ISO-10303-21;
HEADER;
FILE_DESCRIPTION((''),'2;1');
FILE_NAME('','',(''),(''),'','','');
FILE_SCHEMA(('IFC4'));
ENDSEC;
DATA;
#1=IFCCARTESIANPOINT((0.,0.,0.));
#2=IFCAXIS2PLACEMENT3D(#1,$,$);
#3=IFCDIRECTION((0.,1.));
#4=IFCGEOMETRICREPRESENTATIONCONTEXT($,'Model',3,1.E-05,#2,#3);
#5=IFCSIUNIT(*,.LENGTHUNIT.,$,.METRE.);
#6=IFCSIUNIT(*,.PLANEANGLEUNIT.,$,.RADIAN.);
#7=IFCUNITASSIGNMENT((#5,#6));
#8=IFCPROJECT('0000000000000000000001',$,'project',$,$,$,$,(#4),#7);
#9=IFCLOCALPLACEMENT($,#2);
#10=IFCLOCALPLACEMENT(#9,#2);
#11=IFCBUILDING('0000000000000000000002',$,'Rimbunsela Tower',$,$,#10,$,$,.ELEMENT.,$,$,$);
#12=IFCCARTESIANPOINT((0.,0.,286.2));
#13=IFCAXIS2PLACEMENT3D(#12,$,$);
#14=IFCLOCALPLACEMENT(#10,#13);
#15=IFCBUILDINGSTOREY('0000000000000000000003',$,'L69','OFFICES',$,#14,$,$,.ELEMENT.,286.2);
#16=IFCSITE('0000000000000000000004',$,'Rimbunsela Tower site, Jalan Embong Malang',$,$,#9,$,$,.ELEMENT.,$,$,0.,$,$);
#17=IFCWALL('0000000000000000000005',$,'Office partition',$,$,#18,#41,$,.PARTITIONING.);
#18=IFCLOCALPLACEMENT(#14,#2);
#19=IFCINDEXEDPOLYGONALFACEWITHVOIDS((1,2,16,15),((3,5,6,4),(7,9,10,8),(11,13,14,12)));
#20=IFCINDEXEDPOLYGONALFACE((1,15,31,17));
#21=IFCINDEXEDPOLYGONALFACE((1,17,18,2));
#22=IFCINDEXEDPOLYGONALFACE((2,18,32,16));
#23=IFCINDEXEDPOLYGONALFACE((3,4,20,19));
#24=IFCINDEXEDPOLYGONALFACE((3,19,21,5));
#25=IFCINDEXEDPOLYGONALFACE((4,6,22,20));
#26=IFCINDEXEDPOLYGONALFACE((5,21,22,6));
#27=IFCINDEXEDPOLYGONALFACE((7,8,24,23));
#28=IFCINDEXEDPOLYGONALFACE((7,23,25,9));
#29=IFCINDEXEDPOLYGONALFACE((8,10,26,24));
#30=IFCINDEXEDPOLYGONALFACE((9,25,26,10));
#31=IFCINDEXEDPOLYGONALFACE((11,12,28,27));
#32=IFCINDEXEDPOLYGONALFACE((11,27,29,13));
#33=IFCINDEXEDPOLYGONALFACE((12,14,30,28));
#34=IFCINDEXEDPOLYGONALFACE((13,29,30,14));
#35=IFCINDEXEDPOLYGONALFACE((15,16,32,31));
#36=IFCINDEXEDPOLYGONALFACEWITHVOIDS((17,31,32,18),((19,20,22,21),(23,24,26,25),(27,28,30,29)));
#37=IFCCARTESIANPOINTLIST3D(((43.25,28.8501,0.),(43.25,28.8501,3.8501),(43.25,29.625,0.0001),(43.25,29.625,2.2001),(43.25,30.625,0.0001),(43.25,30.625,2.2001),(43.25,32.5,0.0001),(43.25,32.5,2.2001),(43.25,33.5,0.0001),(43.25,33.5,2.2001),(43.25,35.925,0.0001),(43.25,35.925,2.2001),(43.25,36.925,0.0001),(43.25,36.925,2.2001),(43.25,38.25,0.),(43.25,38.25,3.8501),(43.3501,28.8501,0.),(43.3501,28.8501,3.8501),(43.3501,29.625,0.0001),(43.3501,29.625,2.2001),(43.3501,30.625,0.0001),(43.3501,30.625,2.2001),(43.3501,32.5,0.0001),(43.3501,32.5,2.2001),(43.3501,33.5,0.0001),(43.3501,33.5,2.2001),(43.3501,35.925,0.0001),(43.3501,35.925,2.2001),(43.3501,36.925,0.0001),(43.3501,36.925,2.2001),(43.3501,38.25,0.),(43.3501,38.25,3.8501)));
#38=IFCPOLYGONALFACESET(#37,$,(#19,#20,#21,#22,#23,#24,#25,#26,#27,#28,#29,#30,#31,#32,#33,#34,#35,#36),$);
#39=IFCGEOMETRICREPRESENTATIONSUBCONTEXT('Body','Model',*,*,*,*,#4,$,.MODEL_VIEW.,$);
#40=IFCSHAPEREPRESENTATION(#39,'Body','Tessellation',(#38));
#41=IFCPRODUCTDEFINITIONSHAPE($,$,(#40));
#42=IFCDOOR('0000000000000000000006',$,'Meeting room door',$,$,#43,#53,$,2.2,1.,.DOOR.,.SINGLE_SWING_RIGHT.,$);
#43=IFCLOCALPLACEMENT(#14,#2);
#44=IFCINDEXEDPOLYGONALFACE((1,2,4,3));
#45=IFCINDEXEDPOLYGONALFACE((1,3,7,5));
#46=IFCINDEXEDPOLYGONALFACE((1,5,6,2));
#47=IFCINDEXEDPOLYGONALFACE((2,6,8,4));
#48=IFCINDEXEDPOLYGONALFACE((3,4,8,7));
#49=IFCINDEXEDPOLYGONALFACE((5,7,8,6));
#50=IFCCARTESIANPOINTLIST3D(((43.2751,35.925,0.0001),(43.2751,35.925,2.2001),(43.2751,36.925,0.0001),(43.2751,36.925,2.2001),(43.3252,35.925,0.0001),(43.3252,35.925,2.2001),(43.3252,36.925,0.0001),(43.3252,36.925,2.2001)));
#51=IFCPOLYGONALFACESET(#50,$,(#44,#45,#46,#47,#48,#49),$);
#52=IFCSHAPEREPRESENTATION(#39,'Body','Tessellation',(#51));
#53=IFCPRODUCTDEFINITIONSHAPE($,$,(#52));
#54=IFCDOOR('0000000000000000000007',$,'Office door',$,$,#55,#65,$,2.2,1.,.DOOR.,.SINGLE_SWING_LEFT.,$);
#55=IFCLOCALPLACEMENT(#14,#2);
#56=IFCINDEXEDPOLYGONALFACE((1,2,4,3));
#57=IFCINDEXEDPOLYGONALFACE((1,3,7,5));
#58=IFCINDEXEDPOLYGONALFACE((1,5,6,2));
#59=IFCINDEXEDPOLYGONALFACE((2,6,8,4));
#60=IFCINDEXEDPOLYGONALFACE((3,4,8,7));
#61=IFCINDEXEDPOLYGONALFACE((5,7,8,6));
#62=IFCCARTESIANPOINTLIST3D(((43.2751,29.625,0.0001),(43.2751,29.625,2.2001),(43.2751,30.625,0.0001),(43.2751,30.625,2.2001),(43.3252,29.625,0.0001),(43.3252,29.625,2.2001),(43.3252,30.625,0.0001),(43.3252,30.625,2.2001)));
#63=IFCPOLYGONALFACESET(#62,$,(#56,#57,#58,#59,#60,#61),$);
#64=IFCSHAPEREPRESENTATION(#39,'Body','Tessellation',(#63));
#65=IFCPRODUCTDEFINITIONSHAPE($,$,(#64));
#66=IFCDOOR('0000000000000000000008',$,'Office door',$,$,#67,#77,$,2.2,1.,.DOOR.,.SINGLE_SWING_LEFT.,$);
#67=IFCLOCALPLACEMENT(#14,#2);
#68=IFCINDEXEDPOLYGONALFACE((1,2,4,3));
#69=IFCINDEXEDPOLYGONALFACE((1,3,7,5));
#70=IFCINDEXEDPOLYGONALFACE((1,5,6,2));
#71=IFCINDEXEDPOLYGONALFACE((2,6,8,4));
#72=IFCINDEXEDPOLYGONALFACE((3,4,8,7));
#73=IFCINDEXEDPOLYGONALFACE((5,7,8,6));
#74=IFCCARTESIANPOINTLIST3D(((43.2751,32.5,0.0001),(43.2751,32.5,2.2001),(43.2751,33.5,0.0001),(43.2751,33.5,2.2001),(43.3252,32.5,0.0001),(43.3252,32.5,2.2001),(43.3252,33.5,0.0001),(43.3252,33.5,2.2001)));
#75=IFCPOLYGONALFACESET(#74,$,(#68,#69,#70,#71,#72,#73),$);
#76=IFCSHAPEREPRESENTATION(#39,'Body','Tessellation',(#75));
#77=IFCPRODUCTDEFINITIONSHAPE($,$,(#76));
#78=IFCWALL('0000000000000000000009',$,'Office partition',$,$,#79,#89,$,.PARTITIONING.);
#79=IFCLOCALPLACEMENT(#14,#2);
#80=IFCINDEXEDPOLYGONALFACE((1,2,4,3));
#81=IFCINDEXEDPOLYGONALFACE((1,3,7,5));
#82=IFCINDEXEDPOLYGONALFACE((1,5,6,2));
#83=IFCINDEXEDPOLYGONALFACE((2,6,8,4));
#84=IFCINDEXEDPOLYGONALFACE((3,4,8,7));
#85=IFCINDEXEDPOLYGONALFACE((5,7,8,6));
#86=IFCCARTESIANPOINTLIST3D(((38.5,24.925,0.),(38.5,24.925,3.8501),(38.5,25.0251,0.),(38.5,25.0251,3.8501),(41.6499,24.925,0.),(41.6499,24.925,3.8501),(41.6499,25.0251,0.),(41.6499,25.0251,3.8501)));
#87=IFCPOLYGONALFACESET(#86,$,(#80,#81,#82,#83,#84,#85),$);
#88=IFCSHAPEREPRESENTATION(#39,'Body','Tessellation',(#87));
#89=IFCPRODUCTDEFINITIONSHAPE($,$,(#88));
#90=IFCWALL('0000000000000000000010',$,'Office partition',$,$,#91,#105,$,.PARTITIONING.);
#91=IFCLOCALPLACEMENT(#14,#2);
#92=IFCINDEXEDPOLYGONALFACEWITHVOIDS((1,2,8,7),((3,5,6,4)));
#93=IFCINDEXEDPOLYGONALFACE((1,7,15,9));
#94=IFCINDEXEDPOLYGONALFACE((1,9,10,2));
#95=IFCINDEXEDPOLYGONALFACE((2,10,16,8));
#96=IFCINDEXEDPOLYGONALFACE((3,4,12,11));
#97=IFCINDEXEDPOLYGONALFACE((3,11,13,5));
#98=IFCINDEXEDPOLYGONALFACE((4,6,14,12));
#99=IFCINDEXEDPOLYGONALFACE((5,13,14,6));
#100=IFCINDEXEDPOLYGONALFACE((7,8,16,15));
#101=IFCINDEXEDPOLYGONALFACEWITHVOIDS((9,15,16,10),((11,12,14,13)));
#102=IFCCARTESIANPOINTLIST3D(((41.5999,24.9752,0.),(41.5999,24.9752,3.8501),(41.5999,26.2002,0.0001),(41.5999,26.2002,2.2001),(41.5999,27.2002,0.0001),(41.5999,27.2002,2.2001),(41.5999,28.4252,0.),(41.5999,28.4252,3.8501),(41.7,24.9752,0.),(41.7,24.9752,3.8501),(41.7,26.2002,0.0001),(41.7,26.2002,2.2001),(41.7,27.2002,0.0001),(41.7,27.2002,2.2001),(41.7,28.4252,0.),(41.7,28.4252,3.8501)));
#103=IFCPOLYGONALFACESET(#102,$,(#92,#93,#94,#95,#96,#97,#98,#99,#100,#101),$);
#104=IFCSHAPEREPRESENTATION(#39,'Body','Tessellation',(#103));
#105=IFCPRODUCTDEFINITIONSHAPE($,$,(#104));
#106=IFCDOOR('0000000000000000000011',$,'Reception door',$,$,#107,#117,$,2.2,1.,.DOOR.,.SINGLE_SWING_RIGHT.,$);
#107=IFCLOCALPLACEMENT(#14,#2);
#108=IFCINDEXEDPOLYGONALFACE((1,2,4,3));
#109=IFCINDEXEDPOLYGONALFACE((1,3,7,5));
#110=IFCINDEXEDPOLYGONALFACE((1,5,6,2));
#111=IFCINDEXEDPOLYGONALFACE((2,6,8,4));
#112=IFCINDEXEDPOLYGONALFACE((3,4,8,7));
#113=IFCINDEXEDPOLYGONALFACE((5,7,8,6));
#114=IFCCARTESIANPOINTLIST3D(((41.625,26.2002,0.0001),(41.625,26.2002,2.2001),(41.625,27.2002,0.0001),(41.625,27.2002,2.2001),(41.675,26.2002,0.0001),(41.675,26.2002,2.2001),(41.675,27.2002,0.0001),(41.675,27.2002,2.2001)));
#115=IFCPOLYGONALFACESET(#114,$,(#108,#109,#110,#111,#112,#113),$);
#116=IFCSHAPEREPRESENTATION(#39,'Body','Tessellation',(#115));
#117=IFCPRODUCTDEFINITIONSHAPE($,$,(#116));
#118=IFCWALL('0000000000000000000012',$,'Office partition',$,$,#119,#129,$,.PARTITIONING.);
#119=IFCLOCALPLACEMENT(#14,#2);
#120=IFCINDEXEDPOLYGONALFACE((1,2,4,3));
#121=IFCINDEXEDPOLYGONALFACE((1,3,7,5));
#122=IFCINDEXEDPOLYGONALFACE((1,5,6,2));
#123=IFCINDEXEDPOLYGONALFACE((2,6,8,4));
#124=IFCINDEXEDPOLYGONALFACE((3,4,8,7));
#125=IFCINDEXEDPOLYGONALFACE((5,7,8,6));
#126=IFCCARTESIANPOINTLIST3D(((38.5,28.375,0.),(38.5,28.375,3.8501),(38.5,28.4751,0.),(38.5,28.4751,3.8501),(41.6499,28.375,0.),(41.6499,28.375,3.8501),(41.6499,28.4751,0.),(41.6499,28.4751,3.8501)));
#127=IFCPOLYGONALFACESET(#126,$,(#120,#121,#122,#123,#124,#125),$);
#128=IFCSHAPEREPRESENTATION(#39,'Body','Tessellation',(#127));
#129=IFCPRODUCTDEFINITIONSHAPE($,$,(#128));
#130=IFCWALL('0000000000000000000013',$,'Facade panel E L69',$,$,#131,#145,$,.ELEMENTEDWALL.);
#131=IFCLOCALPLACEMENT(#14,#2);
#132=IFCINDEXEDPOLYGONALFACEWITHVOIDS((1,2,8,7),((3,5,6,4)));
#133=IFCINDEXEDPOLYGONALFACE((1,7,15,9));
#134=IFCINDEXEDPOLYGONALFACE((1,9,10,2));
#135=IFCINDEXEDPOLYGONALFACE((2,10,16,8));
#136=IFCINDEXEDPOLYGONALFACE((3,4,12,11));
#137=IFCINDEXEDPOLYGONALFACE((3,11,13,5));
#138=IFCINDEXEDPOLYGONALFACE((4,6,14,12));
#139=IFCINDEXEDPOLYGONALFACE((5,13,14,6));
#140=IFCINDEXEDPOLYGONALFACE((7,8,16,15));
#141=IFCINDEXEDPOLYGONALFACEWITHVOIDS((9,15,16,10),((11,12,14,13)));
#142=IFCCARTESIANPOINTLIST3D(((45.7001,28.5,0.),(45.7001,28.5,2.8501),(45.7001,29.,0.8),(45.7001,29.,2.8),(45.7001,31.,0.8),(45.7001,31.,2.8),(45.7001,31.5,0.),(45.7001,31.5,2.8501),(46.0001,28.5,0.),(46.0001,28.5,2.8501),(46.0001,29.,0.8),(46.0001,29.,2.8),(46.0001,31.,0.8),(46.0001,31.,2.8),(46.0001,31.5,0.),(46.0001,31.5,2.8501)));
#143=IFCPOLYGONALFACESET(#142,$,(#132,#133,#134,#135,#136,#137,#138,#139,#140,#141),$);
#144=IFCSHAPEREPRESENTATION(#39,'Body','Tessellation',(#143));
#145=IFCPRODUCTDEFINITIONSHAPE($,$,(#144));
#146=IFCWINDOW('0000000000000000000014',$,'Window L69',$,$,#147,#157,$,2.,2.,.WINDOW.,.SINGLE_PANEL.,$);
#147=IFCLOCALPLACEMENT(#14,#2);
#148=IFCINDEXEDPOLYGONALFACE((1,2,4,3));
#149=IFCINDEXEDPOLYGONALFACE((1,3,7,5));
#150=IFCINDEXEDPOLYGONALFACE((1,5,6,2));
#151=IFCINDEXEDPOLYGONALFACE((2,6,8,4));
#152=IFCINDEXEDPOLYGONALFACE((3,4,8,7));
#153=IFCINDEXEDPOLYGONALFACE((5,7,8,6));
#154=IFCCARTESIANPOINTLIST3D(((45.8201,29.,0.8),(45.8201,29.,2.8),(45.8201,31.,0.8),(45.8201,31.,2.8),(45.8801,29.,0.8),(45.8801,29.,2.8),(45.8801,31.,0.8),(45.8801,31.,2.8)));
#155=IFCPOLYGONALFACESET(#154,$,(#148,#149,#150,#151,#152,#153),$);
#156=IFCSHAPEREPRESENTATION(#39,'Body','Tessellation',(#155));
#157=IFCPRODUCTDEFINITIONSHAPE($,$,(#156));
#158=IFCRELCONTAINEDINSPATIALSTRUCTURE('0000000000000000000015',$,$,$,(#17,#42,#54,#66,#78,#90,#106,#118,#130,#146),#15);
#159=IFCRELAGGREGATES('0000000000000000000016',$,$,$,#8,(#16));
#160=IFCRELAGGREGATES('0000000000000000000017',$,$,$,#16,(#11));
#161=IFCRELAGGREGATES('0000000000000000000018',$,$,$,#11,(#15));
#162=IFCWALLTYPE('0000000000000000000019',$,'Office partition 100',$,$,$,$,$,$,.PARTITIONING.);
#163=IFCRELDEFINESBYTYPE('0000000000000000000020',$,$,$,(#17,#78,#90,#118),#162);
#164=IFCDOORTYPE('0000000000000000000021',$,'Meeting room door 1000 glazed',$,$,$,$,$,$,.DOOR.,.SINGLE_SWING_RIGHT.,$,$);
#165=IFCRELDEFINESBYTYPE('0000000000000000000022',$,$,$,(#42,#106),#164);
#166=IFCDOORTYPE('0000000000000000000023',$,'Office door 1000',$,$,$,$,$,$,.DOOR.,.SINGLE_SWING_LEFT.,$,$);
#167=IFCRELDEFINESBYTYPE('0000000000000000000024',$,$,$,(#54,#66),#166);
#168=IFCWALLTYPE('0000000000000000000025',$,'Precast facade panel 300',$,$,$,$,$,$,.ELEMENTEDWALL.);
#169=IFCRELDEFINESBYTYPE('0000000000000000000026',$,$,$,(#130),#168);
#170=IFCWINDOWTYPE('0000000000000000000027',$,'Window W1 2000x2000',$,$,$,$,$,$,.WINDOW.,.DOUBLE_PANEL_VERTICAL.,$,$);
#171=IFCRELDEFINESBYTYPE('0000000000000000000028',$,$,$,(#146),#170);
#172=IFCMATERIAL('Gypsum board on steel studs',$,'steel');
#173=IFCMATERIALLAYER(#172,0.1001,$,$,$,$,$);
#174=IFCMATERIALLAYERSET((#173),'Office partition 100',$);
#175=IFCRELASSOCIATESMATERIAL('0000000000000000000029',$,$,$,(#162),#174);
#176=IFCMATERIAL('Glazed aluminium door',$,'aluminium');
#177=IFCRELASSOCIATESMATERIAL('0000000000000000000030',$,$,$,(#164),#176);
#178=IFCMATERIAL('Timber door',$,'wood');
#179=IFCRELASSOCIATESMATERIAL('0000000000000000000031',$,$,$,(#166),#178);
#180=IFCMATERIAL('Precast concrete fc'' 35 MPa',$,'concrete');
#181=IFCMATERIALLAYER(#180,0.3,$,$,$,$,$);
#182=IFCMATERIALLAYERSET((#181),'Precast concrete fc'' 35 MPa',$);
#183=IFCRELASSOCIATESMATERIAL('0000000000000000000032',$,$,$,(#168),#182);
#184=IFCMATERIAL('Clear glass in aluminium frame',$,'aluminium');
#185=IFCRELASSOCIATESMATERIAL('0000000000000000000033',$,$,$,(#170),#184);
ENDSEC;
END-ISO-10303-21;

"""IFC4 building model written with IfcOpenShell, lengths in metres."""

from ifc_helpers import new_model, si_unit, direction, frame, frame_2d, origin, place, context, subcontext, project, spatial, rectangle, extrude, material, layer, layer_set, type_object, element, fill, save


model = new_model("IFC4")

# Units and contexts
model_context = context("Model", 3, precision=1e-05, world=origin(), true_north=direction((0.0, 1.0)))
body_context = subcontext(model_context, "Body", "Model", "MODEL_VIEW")
ifc_project = project(units=[si_unit("LENGTHUNIT", "METRE"), si_unit("PLANEANGLEUNIT", "RADIAN")], contexts=[model_context])

# Site, building, storey
site_placement = place(None, origin())
site = spatial("IfcSite", under=ifc_project, at=site_placement, Name="Rimbunsela Tower site, Jalan Embong Malang", CompositionType="ELEMENT", RefElevation=0.0)
building_placement = place(site_placement, origin())
building = spatial("IfcBuilding", under=site, at=building_placement, Name="Rimbunsela Tower", CompositionType="ELEMENT")
storey_placement = place(building_placement, frame((0.0, 0.0, 286.2)))
storey = spatial("IfcBuildingStorey", under=building, at=storey_placement, Name="L69", Description="OFFICES", CompositionType="ELEMENT", Elevation=286.2)

# Shared definitions
ifc_material_1 = material(Name="Gypsum board on steel studs", Category="steel")
ifc_layer_1 = layer(ifc_material_1, 0.1001)
ifc_layer_set_1 = layer_set([ifc_layer_1], Name="Office partition 100")
wall_type_1 = type_object("IfcWallType", Name="Office partition 100", PredefinedType="PARTITIONING", material=ifc_layer_set_1)

# Wall, openings, doors
wall_1_placement = place(storey_placement, frame((43.3, 28.8501, 0.0), z_axis=(0.0, 0.0, 1.0), x_axis=(0.0, 1.0, 0.0)))
wall_1 = element("IfcWall", 1, at=wall_1_placement, inside=storey, type_object=wall_type_1, Name="Office partition", PredefinedType="PARTITIONING", context=body_context, shape_type="SweptSolid", body=[
    extrude(rectangle(XDim=9.3999, YDim=0.1001, at=frame_2d((4.7, 0.0))), origin(), (0.0, 0.0, 1.0), 3.8501),
])
opening_1_placement = place(wall_1_placement, frame((0.7749, 0.0, 0.0)))
opening_1 = element("IfcOpeningElement", 2, at=opening_1_placement, cuts=wall_1, PredefinedType="OPENING", context=body_context, shape_type="SweptSolid", body=[
    extrude(rectangle(XDim=1.0, YDim=2.2, at=frame_2d((0.5, 1.1001))), frame((0.0, 0.0601, 0.0), z_axis=(0.0, -1.0, 0.0), x_axis=(1.0, 0.0, 0.0)), (0.0, 0.0, 1.0), 0.1201),
])
opening_2_placement = place(wall_1_placement, frame((3.6499, 0.0, 0.0)))
opening_2 = element("IfcOpeningElement", 3, at=opening_2_placement, cuts=wall_1, PredefinedType="OPENING", context=body_context, shape_type="SweptSolid", body=[
    extrude(rectangle(XDim=1.0, YDim=2.2, at=frame_2d((0.5, 1.1001))), frame((0.0, 0.0601, 0.0), z_axis=(0.0, -1.0, 0.0), x_axis=(1.0, 0.0, 0.0)), (0.0, 0.0, 1.0), 0.1201),
])
opening_3_placement = place(wall_1_placement, frame((7.075, 0.0, 0.0)))
opening_3 = element("IfcOpeningElement", 4, at=opening_3_placement, cuts=wall_1, PredefinedType="OPENING", context=body_context, shape_type="SweptSolid", body=[
    extrude(rectangle(XDim=1.0, YDim=2.2, at=frame_2d((0.5, 1.1001))), frame((0.0, 0.0601, 0.0), z_axis=(0.0, -1.0, 0.0), x_axis=(1.0, 0.0, 0.0)), (0.0, 0.0, 1.0), 0.1201),
])
ifc_material_2 = material(Name="Glazed aluminium door", Category="aluminium")
door_type_1 = type_object("IfcDoorType", Name="Meeting room door 1000 glazed", OperationType="SINGLE_SWING_RIGHT", PredefinedType="DOOR", material=ifc_material_2)
door_1_placement = place(opening_3_placement, origin())
door_1 = element("IfcDoor", 5, at=door_1_placement, inside=storey, type_object=door_type_1, Name="Meeting room door", OperationType="SINGLE_SWING_RIGHT", OverallHeight=2.2, OverallWidth=1.0, PredefinedType="DOOR", context=body_context, shape_type="SweptSolid", body=[
    extrude(rectangle(XDim=1.0, YDim=2.2, at=frame_2d((0.5, 1.1001))), frame((0.0, 0.0249, 0.0), z_axis=(0.0, -1.0, 0.0), x_axis=(1.0, 0.0, 0.0)), (0.0, 0.0, 1.0), 0.05),
])
fill(opening_3, door_1)
ifc_material_3 = material(Name="Timber door", Category="wood")
door_type_2 = type_object("IfcDoorType", Name="Office door 1000", OperationType="SINGLE_SWING_LEFT", PredefinedType="DOOR", material=ifc_material_3)
door_2_placement = place(opening_1_placement, origin())
door_2 = element("IfcDoor", 6, at=door_2_placement, inside=storey, type_object=door_type_2, Name="Office door", OperationType="SINGLE_SWING_LEFT", OverallHeight=2.2, OverallWidth=1.0, PredefinedType="DOOR", context=body_context, shape_type="SweptSolid", body=[
    extrude(rectangle(XDim=1.0, YDim=2.2, at=frame_2d((0.5, 1.1001))), frame((0.0, 0.0249, 0.0), z_axis=(0.0, -1.0, 0.0), x_axis=(1.0, 0.0, 0.0)), (0.0, 0.0, 1.0), 0.05),
])
fill(opening_1, door_2)
door_3_placement = place(opening_2_placement, origin())
door_3 = element("IfcDoor", 7, at=door_3_placement, inside=storey, type_object=door_type_2, Name="Office door", OperationType="SINGLE_SWING_LEFT", OverallHeight=2.2, OverallWidth=1.0, PredefinedType="DOOR", context=body_context, shape_type="SweptSolid", body=[
    extrude(rectangle(XDim=1.0, YDim=2.2, at=frame_2d((0.5, 1.1001))), frame((0.0, 0.0249, 0.0), z_axis=(0.0, -1.0, 0.0), x_axis=(1.0, 0.0, 0.0)), (0.0, 0.0, 1.0), 0.05),
])
fill(opening_2, door_3)

# Wall
wall_2_placement = place(storey_placement, frame((38.5, 24.9751, 0.0), z_axis=(0.0, 0.0, 1.0), x_axis=(1.0, 0.0, 0.0)))
element("IfcWall", 8, at=wall_2_placement, inside=storey, type_object=wall_type_1, Name="Office partition", PredefinedType="PARTITIONING", context=body_context, shape_type="SweptSolid", body=[
    extrude(rectangle(XDim=3.1499, YDim=0.1001, at=frame_2d((1.575, 0.0))), origin(), (0.0, 0.0, 1.0), 3.8501),
])

# Wall, opening, door
wall_3_placement = place(storey_placement, frame((41.6499, 24.9751, 0.0), z_axis=(0.0, 0.0, 1.0), x_axis=(0.0, 1.0, 0.0)))
wall_3 = element("IfcWall", 9, at=wall_3_placement, inside=storey, type_object=wall_type_1, Name="Office partition", PredefinedType="PARTITIONING", context=body_context, shape_type="SweptSolid", body=[
    extrude(rectangle(XDim=3.45, YDim=0.1001, at=frame_2d((1.7251, 0.0))), origin(), (0.0, 0.0, 1.0), 3.8501),
])
opening_4_placement = place(wall_3_placement, frame((1.2251, 0.0, 0.0)))
opening_4 = element("IfcOpeningElement", 10, at=opening_4_placement, cuts=wall_3, PredefinedType="OPENING", context=body_context, shape_type="SweptSolid", body=[
    extrude(rectangle(XDim=1.0, YDim=2.2, at=frame_2d((0.5, 1.1001))), frame((0.0, 0.0601, 0.0), z_axis=(0.0, -1.0, 0.0), x_axis=(1.0, 0.0, 0.0)), (0.0, 0.0, 1.0), 0.1201),
])
door_4_placement = place(opening_4_placement, origin())
door_4 = element("IfcDoor", 11, at=door_4_placement, inside=storey, type_object=door_type_1, Name="Reception door", OperationType="SINGLE_SWING_RIGHT", OverallHeight=2.2, OverallWidth=1.0, PredefinedType="DOOR", context=body_context, shape_type="SweptSolid", body=[
    extrude(rectangle(XDim=1.0, YDim=2.2, at=frame_2d((0.5, 1.1001))), frame((0.0, 0.0249, 0.0), z_axis=(0.0, -1.0, 0.0), x_axis=(1.0, 0.0, 0.0)), (0.0, 0.0, 1.0), 0.05),
])
fill(opening_4, door_4)

# Wall
wall_4_placement = place(storey_placement, frame((41.6499, 28.425, 0.0), z_axis=(0.0, 0.0, 1.0), x_axis=(-1.0, 0.0, 0.0)))
element("IfcWall", 12, at=wall_4_placement, inside=storey, type_object=wall_type_1, Name="Office partition", PredefinedType="PARTITIONING", context=body_context, shape_type="SweptSolid", body=[
    extrude(rectangle(XDim=3.1499, YDim=0.1001, at=frame_2d((1.575, 0.0))), origin(), (0.0, 0.0, 1.0), 3.8501),
])

# Wall, opening, window
ifc_material_4 = material(Name="Precast concrete fc' 35 MPa", Category="concrete")
ifc_layer_2 = layer(ifc_material_4, 0.3)
ifc_layer_set_2 = layer_set([ifc_layer_2], Name="Precast concrete fc' 35 MPa")
wall_type_2 = type_object("IfcWallType", Name="Precast facade panel 300", PredefinedType="ELEMENTEDWALL", material=ifc_layer_set_2)
wall_5_placement = place(storey_placement, frame((45.8501, 28.5, 0.0), z_axis=(0.0, 0.0, 1.0), x_axis=(0.0, 1.0, 0.0)))
wall_5 = element("IfcWall", 13, at=wall_5_placement, inside=storey, type_object=wall_type_2, Name="Facade panel E L69", PredefinedType="ELEMENTEDWALL", context=body_context, shape_type="SweptSolid", body=[
    extrude(rectangle(XDim=3.0, YDim=0.3, at=frame_2d((1.5, 0.0))), origin(), (0.0, 0.0, 1.0), 2.8501),
])
opening_5_placement = place(wall_5_placement, frame((0.5, 0.0, 0.8)))
opening_5 = element("IfcOpeningElement", 14, at=opening_5_placement, cuts=wall_5, PredefinedType="OPENING", context=body_context, shape_type="SweptSolid", body=[
    extrude(rectangle(XDim=2.0, YDim=2.0, at=frame_2d((1.0, 1.0))), frame((0.0, 0.1599, 0.0), z_axis=(0.0, -1.0, 0.0), x_axis=(1.0, 0.0, 0.0)), (0.0, 0.0, 1.0), 0.3201),
])
ifc_material_5 = material(Name="Clear glass in aluminium frame", Category="aluminium")
window_type = type_object("IfcWindowType", Name="Window W1 2000x2000", PartitioningType="DOUBLE_PANEL_VERTICAL", PredefinedType="WINDOW", material=ifc_material_5)
window_1_placement = place(opening_5_placement, origin())
window_1 = element("IfcWindow", 15, at=window_1_placement, inside=storey, type_object=window_type, Name="Window L69", OverallHeight=2.0, OverallWidth=2.0, PartitioningType="SINGLE_PANEL", PredefinedType="WINDOW", context=body_context, shape_type="SweptSolid", body=[
    extrude(rectangle(XDim=2.0, YDim=2.0, at=frame_2d((1.0, 1.0))), frame((0.0, 0.03, 0.0), z_axis=(0.0, -1.0, 0.0), x_axis=(1.0, 0.0, 0.0)), (0.0, 0.0, 1.0), 0.0601),
])
fill(opening_5, window_1)

save(model, "model.ifc")
